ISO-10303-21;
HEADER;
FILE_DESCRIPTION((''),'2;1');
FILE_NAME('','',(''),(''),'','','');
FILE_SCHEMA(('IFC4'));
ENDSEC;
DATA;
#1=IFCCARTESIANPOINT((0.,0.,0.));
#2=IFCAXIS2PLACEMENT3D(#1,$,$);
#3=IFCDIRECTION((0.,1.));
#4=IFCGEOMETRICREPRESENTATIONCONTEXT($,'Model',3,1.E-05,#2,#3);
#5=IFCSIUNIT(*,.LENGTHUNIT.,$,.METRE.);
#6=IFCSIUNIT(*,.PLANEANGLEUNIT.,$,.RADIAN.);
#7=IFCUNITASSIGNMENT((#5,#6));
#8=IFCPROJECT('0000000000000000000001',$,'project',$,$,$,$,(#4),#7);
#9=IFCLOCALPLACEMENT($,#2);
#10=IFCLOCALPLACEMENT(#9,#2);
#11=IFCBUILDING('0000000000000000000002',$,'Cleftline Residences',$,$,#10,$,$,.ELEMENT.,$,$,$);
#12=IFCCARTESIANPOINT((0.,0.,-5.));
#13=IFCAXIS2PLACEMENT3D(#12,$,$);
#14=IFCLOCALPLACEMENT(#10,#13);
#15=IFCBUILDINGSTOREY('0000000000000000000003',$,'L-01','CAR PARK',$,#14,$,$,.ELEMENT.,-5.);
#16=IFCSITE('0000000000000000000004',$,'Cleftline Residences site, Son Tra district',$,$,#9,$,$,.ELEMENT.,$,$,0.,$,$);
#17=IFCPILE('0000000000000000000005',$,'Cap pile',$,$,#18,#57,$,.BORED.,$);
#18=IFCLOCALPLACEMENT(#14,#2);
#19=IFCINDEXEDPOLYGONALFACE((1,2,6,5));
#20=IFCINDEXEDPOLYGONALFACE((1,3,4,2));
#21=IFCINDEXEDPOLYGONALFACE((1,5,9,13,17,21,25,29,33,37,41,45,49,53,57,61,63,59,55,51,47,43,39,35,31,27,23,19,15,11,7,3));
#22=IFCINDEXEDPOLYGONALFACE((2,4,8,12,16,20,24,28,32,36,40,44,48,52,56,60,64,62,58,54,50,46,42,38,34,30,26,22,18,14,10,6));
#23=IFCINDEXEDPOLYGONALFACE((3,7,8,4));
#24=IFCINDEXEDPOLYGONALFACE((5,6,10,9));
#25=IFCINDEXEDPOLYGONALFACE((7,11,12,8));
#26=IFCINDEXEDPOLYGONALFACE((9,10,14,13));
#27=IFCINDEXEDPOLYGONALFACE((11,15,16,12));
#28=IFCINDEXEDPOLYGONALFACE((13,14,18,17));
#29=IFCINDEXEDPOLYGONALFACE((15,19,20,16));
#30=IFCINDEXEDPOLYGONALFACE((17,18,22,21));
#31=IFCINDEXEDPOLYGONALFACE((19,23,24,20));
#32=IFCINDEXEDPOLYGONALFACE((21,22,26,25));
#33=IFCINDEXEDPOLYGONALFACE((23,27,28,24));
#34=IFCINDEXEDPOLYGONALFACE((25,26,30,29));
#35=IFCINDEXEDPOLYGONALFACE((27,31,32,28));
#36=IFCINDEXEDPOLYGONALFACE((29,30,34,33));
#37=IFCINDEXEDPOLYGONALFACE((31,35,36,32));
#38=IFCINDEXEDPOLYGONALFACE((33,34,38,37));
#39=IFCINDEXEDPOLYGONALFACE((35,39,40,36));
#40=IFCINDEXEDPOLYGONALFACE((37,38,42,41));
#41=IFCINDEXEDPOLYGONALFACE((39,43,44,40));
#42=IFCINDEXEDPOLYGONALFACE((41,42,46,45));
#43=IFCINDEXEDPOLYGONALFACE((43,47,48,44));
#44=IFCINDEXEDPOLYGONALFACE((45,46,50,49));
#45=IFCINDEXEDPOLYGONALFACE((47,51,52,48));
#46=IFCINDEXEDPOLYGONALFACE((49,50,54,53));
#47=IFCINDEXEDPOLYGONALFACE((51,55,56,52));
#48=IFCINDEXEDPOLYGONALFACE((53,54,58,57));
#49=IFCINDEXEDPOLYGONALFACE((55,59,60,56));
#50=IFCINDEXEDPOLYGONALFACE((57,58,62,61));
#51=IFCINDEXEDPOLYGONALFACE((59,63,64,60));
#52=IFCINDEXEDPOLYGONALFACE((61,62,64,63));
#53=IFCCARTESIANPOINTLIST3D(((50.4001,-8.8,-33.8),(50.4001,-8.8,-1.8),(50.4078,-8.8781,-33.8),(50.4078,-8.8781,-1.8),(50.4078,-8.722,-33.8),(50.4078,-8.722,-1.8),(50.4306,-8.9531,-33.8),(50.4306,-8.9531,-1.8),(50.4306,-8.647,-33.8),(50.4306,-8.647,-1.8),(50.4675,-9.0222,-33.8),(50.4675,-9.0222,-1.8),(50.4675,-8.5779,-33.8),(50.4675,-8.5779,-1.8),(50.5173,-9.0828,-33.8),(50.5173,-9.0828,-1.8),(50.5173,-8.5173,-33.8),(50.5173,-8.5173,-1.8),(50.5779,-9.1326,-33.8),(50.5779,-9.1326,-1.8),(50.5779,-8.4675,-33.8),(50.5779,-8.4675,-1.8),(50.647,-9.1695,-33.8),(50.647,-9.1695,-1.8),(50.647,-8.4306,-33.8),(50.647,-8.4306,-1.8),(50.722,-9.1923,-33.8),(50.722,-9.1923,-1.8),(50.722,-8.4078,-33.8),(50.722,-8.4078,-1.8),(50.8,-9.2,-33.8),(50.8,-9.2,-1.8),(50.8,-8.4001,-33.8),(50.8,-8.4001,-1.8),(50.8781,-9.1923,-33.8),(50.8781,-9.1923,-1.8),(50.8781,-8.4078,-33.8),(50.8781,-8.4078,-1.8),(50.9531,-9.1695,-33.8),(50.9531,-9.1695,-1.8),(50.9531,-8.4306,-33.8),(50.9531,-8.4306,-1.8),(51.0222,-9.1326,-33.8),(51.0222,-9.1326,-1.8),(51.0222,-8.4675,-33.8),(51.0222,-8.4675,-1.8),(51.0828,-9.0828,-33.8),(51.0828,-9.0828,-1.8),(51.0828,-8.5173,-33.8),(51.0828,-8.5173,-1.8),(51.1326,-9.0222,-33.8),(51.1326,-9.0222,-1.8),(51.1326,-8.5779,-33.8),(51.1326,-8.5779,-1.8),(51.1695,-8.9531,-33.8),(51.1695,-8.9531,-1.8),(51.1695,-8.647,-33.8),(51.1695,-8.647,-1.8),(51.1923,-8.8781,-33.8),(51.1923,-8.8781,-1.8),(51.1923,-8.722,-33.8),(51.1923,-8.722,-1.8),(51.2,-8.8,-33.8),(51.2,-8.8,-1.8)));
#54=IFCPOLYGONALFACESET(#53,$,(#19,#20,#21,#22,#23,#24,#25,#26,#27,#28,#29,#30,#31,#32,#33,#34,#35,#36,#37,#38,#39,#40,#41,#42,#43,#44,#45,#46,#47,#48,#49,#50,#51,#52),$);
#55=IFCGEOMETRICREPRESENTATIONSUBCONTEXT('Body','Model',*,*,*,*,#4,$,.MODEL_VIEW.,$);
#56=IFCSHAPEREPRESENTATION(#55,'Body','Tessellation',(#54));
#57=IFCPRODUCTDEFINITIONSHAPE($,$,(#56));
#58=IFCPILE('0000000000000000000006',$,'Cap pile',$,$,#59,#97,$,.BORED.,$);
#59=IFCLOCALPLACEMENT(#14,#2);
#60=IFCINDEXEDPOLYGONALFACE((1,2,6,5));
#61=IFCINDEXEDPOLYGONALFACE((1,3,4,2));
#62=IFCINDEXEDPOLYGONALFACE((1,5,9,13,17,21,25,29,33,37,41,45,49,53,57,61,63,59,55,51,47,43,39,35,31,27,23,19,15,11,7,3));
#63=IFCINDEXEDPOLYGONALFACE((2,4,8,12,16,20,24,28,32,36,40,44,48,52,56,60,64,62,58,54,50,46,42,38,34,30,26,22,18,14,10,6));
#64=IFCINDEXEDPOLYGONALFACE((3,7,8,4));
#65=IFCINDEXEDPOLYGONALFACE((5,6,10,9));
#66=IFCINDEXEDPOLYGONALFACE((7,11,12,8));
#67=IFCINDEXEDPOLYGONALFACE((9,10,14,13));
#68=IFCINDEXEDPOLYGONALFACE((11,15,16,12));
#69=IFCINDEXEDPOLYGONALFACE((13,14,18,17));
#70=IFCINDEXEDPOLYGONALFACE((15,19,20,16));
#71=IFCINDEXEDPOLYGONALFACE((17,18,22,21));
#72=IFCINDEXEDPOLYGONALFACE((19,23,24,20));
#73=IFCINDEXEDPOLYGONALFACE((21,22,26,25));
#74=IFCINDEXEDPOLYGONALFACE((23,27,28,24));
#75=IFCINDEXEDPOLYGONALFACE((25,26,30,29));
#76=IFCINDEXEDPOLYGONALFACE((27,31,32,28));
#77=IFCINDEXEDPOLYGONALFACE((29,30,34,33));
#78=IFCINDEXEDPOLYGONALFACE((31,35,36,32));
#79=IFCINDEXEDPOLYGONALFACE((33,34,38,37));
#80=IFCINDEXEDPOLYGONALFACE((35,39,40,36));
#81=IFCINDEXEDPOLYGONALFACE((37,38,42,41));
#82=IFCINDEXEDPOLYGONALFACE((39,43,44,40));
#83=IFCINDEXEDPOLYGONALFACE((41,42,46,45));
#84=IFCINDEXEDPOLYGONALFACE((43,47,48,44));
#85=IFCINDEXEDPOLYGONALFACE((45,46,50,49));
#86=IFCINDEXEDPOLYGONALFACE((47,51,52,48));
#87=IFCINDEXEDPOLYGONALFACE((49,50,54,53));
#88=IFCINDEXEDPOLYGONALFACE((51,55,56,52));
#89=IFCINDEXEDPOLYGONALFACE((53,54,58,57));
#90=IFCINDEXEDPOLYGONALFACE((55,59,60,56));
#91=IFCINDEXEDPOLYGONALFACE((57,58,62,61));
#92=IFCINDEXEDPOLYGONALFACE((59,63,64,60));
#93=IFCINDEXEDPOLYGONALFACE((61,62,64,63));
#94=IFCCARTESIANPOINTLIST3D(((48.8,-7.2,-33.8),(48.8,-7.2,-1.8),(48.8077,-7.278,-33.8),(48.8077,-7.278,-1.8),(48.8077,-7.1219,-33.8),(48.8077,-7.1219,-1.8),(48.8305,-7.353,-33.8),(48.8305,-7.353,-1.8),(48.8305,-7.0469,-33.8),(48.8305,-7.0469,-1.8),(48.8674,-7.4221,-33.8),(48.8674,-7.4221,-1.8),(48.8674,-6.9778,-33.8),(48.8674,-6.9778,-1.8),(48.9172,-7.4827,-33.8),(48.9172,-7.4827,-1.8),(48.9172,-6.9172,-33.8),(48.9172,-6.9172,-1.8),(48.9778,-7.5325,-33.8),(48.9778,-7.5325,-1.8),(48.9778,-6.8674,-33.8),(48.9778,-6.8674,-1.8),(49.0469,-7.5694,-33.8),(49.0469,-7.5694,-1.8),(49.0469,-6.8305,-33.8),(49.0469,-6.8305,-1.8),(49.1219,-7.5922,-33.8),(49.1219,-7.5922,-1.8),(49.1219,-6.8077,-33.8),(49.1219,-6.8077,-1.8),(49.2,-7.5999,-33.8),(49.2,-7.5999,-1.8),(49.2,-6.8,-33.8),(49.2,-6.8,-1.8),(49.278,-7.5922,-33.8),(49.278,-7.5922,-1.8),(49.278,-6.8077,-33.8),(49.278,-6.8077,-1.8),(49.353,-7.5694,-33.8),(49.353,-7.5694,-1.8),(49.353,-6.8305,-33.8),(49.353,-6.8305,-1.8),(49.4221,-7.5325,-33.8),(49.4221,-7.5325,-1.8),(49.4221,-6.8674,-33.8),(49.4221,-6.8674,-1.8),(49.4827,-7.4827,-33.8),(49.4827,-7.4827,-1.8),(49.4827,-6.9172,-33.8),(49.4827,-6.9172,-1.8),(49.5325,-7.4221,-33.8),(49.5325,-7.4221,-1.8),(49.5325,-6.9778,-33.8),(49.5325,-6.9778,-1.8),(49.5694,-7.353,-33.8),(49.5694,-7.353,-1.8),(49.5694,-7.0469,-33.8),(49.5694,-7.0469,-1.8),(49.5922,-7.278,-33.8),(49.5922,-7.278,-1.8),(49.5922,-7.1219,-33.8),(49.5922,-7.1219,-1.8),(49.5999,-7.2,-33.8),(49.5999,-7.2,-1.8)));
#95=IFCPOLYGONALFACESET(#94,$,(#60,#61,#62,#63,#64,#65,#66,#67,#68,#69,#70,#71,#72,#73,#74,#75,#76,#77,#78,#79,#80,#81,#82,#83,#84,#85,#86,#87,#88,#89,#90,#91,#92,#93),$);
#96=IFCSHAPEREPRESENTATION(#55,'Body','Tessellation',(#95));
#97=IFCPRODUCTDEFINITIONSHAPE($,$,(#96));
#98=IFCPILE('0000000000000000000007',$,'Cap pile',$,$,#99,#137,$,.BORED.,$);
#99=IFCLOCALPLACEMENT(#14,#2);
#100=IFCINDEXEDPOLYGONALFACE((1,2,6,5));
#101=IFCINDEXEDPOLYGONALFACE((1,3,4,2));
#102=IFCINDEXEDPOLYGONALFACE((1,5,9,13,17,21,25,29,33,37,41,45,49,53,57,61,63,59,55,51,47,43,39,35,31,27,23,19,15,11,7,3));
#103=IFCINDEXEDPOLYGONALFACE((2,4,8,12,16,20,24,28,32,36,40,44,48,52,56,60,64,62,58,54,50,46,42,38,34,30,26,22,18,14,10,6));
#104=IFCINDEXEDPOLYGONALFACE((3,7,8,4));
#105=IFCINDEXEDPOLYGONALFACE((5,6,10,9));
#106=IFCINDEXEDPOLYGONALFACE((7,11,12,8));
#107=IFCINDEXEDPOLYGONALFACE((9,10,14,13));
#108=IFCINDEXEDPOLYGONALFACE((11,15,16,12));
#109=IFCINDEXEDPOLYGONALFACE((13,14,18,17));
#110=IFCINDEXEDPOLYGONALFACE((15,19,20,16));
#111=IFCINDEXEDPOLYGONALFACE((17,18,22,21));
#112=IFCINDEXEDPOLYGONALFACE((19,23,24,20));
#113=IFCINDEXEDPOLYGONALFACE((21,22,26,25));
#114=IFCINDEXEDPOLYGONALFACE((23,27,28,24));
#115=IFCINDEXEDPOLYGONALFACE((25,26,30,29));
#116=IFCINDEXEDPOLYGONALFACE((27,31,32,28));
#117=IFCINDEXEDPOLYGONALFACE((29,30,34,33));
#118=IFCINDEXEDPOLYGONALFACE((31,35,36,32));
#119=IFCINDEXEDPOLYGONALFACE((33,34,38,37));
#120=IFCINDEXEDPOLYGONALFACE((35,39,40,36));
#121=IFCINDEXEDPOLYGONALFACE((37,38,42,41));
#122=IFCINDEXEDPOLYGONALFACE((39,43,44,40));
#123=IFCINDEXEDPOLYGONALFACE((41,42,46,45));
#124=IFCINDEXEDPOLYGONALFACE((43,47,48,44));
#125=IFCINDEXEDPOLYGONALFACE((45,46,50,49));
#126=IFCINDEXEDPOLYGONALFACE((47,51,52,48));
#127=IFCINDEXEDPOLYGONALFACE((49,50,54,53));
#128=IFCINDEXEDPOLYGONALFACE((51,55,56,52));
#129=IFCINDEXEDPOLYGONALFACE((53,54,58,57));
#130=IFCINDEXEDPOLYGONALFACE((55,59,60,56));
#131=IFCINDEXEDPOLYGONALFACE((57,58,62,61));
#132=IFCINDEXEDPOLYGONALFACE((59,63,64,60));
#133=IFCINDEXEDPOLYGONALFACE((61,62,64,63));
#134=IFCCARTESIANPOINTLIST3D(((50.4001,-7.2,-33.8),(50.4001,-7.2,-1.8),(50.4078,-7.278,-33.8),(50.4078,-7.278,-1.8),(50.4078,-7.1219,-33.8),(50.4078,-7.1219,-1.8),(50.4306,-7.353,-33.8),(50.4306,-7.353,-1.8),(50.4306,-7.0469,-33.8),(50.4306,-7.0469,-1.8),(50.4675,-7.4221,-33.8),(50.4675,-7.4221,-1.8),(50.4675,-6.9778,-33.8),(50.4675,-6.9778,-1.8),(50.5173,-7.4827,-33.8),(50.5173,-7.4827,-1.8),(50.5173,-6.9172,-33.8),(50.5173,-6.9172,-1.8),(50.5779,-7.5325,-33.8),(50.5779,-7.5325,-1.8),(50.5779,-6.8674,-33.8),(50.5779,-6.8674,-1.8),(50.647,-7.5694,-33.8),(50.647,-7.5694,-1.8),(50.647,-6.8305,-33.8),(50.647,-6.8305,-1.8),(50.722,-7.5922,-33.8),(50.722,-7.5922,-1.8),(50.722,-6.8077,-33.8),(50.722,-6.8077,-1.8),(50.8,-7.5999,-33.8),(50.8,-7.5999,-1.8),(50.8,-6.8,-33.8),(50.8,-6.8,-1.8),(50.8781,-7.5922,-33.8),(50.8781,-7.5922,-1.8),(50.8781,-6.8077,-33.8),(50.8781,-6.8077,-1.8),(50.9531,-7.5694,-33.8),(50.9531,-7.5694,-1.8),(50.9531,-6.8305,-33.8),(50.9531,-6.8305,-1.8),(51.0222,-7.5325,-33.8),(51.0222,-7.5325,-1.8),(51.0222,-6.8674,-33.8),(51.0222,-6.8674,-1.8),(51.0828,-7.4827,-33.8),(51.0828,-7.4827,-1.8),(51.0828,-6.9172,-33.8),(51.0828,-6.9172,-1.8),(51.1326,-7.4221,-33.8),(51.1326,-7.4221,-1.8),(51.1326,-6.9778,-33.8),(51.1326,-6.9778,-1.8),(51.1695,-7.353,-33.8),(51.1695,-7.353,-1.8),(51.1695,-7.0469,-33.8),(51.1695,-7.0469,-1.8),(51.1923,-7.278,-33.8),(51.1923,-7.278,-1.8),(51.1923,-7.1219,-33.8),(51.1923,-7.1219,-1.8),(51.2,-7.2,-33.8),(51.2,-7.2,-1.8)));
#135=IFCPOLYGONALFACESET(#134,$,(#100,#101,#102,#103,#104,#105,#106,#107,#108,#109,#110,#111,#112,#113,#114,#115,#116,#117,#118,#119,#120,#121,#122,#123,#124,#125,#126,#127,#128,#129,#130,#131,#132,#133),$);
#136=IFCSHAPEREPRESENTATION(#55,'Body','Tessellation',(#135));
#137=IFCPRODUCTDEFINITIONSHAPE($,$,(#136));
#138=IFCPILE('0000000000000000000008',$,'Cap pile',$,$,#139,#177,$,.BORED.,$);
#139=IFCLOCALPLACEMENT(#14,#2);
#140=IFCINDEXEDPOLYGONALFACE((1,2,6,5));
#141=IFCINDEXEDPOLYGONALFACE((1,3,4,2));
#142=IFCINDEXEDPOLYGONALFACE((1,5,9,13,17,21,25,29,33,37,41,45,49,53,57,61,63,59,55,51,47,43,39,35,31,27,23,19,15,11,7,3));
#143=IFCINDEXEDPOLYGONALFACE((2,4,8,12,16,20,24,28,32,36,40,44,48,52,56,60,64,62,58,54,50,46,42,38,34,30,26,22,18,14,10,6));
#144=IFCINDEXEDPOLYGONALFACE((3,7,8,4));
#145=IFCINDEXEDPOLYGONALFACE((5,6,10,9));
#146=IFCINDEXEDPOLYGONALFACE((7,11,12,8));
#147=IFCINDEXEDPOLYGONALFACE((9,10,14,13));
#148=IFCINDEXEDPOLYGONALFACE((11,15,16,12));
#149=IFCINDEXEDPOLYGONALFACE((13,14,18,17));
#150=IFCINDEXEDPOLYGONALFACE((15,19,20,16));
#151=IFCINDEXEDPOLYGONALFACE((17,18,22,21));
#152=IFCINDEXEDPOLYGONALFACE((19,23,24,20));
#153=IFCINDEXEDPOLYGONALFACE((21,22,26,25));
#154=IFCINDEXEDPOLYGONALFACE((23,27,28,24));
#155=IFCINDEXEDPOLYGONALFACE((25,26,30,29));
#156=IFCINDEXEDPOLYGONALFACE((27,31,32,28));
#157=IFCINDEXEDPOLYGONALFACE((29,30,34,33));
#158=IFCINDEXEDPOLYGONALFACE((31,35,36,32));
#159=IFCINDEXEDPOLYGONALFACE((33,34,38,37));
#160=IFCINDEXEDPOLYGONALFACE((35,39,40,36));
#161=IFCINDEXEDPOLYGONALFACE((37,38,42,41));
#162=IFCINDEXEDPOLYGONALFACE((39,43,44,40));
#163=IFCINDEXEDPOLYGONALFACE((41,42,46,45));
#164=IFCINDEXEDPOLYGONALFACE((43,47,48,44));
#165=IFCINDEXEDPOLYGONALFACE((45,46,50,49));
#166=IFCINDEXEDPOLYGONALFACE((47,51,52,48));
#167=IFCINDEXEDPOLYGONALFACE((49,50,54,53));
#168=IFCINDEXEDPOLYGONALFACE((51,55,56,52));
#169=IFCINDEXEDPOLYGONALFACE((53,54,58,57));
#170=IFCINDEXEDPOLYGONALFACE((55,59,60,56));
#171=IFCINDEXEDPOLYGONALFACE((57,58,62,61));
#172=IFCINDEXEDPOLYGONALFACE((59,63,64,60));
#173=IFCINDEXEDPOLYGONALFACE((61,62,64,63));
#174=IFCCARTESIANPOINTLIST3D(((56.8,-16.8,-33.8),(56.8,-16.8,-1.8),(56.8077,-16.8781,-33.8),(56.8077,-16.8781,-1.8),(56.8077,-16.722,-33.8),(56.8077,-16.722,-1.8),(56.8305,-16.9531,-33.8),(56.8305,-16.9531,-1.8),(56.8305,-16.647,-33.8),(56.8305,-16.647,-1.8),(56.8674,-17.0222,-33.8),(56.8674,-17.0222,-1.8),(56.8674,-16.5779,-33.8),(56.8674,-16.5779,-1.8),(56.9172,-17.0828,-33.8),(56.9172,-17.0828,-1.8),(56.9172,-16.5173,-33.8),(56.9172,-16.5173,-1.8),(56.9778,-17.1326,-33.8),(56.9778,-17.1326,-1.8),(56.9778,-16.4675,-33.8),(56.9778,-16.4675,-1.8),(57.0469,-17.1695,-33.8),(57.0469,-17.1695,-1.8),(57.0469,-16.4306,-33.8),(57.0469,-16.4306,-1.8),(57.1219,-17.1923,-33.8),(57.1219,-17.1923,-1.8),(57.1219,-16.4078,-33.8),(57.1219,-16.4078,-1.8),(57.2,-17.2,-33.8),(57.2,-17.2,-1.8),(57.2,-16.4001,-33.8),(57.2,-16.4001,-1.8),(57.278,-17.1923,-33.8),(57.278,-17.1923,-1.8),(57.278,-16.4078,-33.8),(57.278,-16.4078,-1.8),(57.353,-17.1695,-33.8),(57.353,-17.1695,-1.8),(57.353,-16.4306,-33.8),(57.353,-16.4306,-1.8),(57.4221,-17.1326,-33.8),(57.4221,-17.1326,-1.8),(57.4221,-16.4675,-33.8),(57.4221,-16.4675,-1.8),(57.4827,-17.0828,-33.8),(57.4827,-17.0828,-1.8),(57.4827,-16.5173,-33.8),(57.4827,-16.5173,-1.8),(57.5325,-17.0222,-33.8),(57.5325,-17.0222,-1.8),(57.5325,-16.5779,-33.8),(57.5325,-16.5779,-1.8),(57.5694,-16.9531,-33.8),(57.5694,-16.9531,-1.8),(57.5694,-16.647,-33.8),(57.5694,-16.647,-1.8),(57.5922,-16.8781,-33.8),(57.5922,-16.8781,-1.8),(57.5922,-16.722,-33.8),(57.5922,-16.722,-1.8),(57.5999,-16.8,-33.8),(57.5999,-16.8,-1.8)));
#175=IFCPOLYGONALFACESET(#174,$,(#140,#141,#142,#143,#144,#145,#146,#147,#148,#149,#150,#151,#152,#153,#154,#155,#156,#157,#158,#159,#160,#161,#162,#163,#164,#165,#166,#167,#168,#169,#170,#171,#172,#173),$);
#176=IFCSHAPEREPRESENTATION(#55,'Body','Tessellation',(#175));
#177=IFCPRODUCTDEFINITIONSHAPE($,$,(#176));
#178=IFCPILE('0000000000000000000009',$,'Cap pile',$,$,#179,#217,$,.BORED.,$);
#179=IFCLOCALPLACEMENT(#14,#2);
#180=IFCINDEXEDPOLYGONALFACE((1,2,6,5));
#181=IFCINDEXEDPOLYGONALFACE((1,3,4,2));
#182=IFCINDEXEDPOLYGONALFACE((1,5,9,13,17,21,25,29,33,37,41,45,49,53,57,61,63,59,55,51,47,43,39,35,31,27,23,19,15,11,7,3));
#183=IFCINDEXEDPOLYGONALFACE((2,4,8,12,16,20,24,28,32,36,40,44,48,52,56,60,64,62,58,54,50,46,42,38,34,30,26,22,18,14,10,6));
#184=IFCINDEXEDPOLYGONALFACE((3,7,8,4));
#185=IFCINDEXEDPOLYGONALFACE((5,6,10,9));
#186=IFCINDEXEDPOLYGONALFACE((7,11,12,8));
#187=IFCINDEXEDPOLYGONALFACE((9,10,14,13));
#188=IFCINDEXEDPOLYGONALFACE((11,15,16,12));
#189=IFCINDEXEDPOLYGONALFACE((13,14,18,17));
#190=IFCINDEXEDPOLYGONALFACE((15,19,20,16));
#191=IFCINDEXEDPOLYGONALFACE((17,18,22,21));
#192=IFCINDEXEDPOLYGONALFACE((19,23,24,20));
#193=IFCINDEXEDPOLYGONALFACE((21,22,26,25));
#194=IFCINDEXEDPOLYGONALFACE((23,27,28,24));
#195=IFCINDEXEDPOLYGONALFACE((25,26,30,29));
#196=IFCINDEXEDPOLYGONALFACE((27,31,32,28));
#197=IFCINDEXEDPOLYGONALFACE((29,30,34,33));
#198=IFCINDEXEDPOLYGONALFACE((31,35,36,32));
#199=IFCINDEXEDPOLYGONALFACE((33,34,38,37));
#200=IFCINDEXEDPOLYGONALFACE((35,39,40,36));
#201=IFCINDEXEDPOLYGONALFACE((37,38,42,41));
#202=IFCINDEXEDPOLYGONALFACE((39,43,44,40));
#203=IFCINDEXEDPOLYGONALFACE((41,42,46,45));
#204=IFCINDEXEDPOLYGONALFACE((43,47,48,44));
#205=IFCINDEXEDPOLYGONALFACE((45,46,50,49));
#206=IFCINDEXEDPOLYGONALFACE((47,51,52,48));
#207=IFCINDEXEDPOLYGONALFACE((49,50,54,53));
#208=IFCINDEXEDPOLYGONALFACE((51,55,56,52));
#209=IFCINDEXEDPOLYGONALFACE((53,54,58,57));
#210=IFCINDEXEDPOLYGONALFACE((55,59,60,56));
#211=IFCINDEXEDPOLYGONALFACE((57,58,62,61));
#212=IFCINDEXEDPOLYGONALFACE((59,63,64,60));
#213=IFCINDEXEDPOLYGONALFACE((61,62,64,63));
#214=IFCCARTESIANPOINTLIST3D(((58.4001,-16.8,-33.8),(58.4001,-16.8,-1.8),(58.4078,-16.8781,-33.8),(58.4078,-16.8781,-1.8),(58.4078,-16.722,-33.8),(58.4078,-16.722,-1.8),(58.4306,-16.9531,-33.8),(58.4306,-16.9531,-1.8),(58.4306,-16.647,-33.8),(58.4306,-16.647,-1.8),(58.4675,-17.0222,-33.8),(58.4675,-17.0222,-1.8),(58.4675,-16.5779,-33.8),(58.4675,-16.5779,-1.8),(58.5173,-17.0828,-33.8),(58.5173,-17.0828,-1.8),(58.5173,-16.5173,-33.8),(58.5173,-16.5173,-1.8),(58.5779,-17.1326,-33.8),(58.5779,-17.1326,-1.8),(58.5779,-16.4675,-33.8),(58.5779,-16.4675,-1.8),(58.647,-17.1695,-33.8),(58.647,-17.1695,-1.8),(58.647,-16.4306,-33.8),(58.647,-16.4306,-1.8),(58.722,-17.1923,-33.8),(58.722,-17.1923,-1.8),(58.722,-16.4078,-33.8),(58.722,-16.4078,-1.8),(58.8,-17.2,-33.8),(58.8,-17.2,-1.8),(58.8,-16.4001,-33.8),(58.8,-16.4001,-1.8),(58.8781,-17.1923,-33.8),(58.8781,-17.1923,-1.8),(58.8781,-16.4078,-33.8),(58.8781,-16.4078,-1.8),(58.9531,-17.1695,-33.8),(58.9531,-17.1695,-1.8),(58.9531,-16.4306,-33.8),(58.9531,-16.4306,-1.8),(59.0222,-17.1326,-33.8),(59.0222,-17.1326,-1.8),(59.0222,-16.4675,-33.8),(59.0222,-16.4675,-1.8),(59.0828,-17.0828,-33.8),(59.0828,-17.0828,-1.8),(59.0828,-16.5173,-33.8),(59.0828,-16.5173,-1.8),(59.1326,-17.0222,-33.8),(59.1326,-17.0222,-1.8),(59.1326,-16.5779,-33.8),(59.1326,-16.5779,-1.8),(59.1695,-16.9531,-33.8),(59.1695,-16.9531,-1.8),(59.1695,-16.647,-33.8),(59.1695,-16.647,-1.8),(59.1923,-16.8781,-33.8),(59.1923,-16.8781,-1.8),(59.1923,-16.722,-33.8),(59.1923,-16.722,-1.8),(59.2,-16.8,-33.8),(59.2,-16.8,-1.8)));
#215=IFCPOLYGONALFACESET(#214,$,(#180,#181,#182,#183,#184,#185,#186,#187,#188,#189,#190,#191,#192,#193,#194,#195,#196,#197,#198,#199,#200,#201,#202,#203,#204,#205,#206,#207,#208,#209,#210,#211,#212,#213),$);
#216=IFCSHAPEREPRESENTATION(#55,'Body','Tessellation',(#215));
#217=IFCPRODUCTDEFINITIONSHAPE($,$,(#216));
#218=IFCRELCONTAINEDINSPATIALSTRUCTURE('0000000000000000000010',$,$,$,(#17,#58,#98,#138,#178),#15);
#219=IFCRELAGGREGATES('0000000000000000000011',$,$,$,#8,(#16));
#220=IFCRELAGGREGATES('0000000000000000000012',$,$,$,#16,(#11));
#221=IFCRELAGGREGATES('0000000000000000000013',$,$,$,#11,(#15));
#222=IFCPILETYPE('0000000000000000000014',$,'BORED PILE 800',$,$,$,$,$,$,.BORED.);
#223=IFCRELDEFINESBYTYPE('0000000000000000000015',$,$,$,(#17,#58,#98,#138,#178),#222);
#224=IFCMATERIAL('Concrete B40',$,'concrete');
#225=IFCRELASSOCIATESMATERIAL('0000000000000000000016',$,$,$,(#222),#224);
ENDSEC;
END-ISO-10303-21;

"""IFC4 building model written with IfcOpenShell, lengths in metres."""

from ifc_helpers import new_model, si_unit, direction, frame, origin, origin_2d, place, context, subcontext, project, spatial, circle, extrude, material, material_profile, profile_set, type_object, element, save


model = new_model("IFC4")

# Units and contexts
model_context = context("Model", 3, precision=1e-05, world=origin(), true_north=direction((0.0, 1.0)))
body_context = subcontext(model_context, "Body", "Model", "MODEL_VIEW")
ifc_project = project(units=[si_unit("LENGTHUNIT", "METRE"), si_unit("PLANEANGLEUNIT", "RADIAN")], contexts=[model_context])

# Site, building, storey
site_placement = place(None, origin())
site = spatial("IfcSite", under=ifc_project, at=site_placement, Name="Cleftline Residences site, Son Tra district", CompositionType="ELEMENT", RefElevation=0.0)
building_placement = place(site_placement, origin())
building = spatial("IfcBuilding", under=site, at=building_placement, Name="Cleftline Residences", CompositionType="ELEMENT")
storey_placement = place(building_placement, frame((0.0, 0.0, -5.0)))
storey = spatial("IfcBuildingStorey", under=building, at=storey_placement, Name="L-01", Description="CAR PARK", CompositionType="ELEMENT", Elevation=-5.0)

# Piles
ifc_material_1 = material(Name="Concrete B40", Category="concrete")
ifc_material_profile_1 = material_profile(ifc_material_1, circle(Radius=0.3999, at=origin_2d()))
ifc_profile_set_1 = profile_set([ifc_material_profile_1], Name="Concrete B40")
pile_type_1 = type_object("IfcPileType", Name="BORED PILE 800", PredefinedType="BORED", material=ifc_profile_set_1)
for number, where, z_axis, x_axis, name in (
    (1, (50.8, -8.8, -1.8), (0.0, 0.0, -1.0), (1.0, 0.0, 0.0), "Cap pile"),
    (2, (49.2, -7.2, -1.8), (0.0, 0.0, -1.0), (1.0, 0.0, 0.0), "Cap pile"),
    (3, (50.8, -7.2, -1.8), (0.0, 0.0, -1.0), (1.0, 0.0, 0.0), "Cap pile"),
    (4, (57.2, -16.8, -1.8), (0.0, 0.0, -1.0), (1.0, 0.0, 0.0), "Cap pile"),
    (5, (58.8, -16.8, -1.8), (0.0, 0.0, -1.0), (1.0, 0.0, 0.0), "Cap pile"),
):
    element("IfcPile", number, at=place(storey_placement, frame(where, z_axis=z_axis, x_axis=x_axis)), inside=storey, type_object=pile_type_1, Name=name, PredefinedType="BORED", context=body_context, shape_type="SweptSolid", body=[
        extrude(circle(Radius=0.3999, at=origin_2d()), origin(), (0.0, 0.0, 1.0), 32.0),
    ])

save(model, "model.ifc")
